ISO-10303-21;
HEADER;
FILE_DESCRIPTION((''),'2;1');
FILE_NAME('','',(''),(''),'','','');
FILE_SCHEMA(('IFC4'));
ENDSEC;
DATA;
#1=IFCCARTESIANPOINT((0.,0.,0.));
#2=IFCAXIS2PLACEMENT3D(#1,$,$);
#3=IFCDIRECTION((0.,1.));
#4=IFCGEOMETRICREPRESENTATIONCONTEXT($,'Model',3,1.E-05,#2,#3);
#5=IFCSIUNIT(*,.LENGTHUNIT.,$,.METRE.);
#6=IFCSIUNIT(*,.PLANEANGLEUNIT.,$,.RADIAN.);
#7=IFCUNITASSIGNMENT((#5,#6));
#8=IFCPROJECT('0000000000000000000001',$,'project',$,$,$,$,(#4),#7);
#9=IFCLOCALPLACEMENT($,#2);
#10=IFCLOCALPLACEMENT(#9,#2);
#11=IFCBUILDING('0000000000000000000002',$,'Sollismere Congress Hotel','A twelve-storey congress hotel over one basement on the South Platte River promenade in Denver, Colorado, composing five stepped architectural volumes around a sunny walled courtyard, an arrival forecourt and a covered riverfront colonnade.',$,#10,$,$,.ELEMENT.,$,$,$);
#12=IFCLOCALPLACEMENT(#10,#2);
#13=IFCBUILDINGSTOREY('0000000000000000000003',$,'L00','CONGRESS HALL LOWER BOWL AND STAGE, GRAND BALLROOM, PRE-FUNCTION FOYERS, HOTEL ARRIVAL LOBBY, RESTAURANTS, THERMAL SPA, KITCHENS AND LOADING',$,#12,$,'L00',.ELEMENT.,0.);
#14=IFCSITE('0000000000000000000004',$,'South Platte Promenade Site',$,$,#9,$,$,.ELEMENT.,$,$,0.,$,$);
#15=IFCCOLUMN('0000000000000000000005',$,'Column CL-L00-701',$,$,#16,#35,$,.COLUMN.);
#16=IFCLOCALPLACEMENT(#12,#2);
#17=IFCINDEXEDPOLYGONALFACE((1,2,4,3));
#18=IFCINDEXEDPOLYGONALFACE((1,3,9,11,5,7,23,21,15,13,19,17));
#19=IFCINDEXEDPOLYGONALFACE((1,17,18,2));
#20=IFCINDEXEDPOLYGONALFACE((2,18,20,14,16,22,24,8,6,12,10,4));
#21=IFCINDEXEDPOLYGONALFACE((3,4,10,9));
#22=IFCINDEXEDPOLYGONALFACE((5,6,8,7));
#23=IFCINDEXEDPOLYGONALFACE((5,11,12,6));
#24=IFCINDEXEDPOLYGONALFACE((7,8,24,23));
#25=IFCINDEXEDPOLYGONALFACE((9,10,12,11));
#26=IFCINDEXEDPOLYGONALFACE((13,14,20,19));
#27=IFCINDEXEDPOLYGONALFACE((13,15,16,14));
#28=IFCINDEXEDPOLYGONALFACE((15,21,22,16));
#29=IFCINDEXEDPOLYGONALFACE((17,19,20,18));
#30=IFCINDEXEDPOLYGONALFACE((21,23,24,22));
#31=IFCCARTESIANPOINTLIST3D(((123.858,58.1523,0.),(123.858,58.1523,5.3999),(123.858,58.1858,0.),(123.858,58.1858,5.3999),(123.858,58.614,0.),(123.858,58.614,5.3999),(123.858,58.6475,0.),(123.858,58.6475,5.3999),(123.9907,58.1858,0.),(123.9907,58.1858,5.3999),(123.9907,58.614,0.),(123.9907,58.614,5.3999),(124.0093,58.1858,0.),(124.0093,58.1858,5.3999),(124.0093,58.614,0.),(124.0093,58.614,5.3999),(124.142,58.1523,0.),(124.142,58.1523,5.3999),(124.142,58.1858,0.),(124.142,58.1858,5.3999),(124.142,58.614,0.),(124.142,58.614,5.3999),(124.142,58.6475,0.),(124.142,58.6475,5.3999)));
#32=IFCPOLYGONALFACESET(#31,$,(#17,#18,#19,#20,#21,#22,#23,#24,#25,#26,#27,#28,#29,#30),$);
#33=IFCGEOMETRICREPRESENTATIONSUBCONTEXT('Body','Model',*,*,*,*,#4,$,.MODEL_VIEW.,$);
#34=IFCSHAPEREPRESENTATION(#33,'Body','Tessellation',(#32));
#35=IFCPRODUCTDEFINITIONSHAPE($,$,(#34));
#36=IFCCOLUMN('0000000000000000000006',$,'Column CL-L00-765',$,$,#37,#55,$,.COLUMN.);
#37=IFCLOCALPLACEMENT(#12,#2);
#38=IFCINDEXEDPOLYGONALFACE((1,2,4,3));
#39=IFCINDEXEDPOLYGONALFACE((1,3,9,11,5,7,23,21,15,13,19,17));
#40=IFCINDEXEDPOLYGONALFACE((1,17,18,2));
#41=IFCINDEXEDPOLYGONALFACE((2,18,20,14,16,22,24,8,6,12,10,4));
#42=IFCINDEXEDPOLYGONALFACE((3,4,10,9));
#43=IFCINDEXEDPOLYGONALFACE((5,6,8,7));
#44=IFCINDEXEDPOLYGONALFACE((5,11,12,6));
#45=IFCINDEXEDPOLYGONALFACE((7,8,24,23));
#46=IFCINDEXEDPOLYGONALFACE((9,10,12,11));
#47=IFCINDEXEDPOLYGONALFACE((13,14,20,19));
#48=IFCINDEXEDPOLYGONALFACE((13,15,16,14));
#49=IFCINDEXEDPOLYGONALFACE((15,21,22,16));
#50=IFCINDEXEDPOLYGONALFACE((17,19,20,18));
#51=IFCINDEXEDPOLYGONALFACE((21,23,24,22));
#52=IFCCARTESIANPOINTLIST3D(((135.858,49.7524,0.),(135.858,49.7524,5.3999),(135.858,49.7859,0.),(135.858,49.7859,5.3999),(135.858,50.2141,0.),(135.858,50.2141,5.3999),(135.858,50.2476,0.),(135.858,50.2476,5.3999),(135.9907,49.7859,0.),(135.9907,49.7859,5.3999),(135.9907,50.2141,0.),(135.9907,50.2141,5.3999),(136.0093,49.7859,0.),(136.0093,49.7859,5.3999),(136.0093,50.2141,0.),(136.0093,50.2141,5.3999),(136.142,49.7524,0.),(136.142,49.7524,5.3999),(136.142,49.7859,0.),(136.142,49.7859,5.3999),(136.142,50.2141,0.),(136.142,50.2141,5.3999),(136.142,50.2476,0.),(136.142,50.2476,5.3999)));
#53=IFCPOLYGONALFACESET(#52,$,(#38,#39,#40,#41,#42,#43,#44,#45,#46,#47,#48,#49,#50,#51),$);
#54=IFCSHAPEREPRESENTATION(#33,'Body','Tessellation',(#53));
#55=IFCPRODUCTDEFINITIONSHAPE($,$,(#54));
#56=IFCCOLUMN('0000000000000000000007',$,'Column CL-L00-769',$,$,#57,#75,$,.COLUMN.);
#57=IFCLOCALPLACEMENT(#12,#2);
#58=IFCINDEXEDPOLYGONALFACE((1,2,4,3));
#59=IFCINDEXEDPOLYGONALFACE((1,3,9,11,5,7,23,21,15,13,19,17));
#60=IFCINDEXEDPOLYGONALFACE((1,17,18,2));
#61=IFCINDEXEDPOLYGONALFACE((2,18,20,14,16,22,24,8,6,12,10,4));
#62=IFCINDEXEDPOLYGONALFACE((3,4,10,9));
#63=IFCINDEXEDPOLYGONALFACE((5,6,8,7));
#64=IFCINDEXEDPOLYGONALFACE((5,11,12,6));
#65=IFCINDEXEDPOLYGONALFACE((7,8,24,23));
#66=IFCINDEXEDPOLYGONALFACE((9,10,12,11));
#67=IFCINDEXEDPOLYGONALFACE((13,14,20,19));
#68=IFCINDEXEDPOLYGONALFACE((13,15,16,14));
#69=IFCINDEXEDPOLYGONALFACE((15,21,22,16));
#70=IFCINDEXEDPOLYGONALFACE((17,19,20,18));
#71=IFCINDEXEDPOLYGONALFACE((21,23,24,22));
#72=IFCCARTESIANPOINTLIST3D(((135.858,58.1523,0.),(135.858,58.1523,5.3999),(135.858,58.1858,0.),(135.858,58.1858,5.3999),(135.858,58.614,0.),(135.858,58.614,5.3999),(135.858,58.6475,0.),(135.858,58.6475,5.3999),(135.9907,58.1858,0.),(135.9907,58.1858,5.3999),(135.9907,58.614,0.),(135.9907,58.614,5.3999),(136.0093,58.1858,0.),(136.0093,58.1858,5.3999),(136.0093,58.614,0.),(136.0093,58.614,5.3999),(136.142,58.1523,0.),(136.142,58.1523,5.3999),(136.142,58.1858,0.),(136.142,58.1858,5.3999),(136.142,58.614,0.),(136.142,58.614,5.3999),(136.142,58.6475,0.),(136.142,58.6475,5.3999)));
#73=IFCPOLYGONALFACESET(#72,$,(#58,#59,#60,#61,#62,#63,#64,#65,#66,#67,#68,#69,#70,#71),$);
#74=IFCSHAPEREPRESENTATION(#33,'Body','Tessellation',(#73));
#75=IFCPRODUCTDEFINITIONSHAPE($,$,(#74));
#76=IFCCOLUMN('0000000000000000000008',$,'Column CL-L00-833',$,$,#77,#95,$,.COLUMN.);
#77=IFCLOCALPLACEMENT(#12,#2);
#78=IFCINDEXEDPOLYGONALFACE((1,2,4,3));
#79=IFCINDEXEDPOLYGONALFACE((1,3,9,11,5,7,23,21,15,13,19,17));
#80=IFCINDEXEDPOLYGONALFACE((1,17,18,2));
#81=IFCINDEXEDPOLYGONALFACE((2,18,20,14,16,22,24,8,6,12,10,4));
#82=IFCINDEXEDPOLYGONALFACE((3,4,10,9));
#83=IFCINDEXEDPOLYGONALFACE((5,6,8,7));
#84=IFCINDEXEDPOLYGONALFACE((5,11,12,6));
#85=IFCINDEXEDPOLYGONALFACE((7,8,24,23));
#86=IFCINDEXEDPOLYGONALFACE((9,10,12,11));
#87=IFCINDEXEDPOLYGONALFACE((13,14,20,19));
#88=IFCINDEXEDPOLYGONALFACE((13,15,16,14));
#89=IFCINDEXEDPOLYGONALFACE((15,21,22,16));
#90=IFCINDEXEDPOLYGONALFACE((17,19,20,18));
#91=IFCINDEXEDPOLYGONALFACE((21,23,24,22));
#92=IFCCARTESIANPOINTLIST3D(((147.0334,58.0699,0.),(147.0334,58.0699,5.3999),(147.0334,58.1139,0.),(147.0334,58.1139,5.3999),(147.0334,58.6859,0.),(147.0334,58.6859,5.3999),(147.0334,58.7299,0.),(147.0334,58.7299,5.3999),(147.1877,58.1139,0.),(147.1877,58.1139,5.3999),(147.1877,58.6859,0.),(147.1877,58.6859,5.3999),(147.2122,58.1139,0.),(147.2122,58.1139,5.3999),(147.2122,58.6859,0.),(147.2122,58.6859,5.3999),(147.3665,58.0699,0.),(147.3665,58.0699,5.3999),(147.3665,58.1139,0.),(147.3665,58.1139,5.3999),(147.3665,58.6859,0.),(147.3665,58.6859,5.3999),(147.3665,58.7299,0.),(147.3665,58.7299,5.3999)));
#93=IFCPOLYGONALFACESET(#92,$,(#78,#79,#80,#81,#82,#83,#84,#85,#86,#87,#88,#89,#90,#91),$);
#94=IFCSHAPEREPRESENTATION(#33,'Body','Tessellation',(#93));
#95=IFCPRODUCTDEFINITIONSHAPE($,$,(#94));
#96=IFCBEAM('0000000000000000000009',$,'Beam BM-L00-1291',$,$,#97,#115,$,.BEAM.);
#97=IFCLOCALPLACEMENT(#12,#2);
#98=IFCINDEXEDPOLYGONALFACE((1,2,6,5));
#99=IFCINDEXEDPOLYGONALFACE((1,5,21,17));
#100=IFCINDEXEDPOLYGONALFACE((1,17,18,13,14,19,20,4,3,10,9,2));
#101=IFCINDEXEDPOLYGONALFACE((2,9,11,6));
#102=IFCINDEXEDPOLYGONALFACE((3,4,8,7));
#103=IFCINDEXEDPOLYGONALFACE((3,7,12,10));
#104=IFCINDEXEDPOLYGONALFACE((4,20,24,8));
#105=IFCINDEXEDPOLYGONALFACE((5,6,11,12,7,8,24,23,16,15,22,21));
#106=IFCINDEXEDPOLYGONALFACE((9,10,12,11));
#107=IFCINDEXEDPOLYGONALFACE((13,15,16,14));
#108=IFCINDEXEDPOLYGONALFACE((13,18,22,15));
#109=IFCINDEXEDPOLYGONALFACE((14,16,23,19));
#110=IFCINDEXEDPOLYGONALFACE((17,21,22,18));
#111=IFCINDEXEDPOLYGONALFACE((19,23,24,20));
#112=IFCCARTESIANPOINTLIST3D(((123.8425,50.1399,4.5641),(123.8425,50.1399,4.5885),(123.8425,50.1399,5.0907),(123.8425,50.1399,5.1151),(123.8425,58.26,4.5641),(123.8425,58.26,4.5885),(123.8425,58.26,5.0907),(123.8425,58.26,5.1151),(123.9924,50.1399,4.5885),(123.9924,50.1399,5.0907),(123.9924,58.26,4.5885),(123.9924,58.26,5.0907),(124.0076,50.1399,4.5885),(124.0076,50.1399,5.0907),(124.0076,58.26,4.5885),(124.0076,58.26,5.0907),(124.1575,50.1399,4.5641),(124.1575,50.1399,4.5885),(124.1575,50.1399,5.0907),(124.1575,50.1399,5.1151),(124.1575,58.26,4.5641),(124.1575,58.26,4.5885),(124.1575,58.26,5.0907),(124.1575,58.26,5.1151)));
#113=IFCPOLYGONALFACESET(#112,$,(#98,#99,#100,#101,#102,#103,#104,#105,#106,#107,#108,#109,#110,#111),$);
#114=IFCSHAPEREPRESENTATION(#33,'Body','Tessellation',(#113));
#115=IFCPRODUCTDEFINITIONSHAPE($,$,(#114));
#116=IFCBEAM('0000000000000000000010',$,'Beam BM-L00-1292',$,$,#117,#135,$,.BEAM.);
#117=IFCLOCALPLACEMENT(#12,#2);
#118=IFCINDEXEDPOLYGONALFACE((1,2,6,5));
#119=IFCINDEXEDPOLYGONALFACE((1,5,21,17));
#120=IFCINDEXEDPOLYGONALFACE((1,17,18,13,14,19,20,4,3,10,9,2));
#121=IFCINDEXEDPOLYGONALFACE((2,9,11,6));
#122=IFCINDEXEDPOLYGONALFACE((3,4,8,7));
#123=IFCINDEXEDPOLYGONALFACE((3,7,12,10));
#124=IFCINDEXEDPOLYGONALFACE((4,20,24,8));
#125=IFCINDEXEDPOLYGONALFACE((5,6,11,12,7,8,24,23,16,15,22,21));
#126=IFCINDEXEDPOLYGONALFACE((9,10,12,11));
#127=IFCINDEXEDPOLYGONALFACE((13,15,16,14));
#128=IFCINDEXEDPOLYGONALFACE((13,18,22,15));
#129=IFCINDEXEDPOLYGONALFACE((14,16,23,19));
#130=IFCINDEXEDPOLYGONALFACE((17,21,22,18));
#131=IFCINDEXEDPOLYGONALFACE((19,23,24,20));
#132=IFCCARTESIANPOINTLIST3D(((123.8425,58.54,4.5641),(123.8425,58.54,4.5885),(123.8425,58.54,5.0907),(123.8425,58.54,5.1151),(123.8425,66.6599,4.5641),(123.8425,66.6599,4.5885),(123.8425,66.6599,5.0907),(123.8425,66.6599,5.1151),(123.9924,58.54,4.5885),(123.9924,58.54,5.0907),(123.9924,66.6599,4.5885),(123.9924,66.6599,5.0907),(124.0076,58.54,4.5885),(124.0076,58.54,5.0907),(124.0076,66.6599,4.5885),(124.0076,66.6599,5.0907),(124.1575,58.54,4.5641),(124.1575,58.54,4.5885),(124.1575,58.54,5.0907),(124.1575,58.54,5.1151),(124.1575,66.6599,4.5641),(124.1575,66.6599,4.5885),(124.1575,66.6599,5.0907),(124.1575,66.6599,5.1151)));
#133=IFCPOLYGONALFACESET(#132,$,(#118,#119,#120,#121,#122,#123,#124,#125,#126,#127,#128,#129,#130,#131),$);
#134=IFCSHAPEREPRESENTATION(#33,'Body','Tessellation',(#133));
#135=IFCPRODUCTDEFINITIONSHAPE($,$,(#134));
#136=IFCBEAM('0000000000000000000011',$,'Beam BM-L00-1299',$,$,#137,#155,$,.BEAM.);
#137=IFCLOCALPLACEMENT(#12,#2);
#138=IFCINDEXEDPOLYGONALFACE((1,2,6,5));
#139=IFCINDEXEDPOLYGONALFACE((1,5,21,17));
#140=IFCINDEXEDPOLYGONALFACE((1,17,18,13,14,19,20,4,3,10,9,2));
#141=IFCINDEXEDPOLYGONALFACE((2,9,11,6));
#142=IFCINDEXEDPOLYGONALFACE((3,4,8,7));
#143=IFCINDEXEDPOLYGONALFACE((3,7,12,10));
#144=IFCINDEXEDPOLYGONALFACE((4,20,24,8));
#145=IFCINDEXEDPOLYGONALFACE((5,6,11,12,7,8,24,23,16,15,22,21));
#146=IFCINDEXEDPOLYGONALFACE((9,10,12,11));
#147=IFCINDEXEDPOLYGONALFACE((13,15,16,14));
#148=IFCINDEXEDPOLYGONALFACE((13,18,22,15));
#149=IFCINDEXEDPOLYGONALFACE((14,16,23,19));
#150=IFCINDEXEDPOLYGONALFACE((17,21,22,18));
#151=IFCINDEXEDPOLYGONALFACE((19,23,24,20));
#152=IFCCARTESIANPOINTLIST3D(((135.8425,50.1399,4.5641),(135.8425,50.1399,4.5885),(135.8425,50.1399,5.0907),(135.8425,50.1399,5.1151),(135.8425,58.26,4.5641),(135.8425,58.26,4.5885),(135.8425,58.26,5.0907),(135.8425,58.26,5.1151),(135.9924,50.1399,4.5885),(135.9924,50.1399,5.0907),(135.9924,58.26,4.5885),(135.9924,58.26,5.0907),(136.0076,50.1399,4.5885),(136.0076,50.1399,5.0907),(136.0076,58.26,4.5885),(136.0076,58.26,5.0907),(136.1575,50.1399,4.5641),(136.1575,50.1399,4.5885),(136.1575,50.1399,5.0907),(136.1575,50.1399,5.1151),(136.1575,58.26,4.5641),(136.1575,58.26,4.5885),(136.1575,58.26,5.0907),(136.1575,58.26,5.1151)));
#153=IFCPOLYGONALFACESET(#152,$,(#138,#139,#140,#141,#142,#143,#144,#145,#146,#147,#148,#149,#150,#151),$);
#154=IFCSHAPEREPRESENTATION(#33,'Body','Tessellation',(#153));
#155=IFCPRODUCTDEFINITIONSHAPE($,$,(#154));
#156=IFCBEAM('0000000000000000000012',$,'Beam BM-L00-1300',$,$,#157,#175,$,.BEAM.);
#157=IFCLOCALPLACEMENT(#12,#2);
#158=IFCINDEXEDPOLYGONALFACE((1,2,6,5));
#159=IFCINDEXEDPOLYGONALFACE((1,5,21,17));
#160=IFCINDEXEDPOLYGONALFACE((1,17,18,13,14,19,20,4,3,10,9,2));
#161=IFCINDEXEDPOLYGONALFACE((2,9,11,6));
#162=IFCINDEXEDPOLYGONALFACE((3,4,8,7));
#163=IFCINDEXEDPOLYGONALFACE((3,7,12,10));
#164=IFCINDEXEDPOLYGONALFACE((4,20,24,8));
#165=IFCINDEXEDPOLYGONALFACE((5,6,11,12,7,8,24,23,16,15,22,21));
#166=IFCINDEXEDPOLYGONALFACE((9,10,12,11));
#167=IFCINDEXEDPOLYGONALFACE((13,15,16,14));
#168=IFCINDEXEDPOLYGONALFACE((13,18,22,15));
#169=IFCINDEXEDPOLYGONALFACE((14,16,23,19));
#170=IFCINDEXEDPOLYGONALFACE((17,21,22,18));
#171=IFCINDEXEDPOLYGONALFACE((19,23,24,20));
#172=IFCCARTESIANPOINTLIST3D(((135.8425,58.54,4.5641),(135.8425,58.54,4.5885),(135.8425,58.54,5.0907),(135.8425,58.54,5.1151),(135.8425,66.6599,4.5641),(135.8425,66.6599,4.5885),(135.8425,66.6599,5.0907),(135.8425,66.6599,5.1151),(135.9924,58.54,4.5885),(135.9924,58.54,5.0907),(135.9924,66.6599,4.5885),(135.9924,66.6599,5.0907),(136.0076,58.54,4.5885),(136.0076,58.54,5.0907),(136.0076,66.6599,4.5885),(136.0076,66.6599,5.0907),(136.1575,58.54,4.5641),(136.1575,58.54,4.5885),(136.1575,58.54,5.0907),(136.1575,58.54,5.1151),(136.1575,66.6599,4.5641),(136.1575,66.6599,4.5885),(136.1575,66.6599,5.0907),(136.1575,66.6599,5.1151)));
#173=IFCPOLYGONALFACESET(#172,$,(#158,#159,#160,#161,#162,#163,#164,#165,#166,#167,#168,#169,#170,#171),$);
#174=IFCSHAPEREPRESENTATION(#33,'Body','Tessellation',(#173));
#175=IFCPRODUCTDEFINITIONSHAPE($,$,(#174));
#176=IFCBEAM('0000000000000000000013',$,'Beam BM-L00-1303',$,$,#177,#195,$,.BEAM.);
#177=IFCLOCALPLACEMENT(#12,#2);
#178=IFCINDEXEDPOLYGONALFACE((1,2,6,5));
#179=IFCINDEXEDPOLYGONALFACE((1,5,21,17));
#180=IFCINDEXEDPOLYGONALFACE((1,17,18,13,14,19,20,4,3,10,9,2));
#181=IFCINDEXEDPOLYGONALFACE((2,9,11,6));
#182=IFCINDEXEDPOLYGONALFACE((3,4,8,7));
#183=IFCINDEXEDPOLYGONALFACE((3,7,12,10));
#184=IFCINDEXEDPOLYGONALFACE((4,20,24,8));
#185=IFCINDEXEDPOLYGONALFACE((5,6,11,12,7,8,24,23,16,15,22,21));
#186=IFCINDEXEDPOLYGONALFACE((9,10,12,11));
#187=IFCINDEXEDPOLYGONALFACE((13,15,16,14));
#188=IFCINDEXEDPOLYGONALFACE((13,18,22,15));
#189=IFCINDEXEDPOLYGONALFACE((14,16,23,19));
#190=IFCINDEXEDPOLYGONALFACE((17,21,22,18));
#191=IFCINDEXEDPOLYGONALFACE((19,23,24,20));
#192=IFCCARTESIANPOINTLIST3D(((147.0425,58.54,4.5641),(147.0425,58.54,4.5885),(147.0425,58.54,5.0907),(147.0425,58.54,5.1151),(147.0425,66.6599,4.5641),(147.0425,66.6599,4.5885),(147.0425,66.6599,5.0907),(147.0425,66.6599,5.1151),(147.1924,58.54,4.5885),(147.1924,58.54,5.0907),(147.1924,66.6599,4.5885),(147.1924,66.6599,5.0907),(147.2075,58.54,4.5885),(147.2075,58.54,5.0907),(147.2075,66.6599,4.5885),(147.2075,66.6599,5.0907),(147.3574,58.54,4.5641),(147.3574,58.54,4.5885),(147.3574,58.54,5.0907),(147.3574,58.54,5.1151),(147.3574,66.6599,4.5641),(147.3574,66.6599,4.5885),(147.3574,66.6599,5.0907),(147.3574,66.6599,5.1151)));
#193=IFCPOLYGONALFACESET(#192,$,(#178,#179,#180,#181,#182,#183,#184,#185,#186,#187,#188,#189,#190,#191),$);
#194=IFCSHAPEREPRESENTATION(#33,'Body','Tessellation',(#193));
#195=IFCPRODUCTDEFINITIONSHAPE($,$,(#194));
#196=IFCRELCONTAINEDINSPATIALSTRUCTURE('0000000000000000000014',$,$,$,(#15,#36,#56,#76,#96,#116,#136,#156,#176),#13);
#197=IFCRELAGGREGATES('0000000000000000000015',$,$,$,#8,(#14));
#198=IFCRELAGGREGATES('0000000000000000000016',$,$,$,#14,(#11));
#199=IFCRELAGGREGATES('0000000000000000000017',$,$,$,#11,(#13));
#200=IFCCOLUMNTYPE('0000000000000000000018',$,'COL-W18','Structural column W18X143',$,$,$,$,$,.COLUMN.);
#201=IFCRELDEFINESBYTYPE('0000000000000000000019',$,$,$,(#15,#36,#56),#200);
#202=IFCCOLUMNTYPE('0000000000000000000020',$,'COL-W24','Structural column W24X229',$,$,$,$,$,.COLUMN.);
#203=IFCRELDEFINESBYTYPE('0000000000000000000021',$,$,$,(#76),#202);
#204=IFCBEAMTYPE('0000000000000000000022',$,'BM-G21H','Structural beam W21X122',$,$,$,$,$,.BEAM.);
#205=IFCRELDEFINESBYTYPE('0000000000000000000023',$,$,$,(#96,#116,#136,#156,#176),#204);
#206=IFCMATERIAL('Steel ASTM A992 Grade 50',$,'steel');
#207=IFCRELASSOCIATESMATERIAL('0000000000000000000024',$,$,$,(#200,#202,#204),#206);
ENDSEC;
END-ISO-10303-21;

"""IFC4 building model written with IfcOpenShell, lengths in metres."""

from ifc_helpers import new_model, si_unit, direction, frame, origin, origin_2d, place, context, subcontext, project, spatial, i_section, extrude, material, material_profile, profile_set, type_object, element, save


model = new_model("IFC4")

# Units and contexts
model_context = context("Model", 3, precision=1e-05, world=origin(), true_north=direction((0.0, 1.0)))
body_context = subcontext(model_context, "Body", "Model", "MODEL_VIEW")
ifc_project = project(units=[si_unit("LENGTHUNIT", "METRE"), si_unit("PLANEANGLEUNIT", "RADIAN")], contexts=[model_context])

# Site, building, storey
site_placement = place(None, origin())
site = spatial("IfcSite", under=ifc_project, at=site_placement, Name="South Platte Promenade Site", CompositionType="ELEMENT", RefElevation=0.0)
building_placement = place(site_placement, origin())
building = spatial("IfcBuilding", under=site, at=building_placement, Name="Sollismere Congress Hotel", Description="A twelve-storey congress hotel over one basement on the South Platte River promenade in Denver, Colorado, composing five stepped architectural volumes around a sunny walled courtyard, an arrival forecourt and a covered riverfront colonnade.", CompositionType="ELEMENT")
storey_placement = place(building_placement, origin())
storey = spatial("IfcBuildingStorey", under=building, at=storey_placement, Name="L00", Description="CONGRESS HALL LOWER BOWL AND STAGE, GRAND BALLROOM, PRE-FUNCTION FOYERS, HOTEL ARRIVAL LOBBY, RESTAURANTS, THERMAL SPA, KITCHENS AND LOADING", LongName="L00", CompositionType="ELEMENT", Elevation=0.0)

# Columns
ifc_material_1 = material(Name="Steel ASTM A992 Grade 50", Category="steel")
ifc_material_profile_1 = material_profile(ifc_material_1, i_section(OverallWidth=0.2839, OverallDepth=0.4951, WebThickness=0.0186, FlangeThickness=0.0334, at=origin_2d()), Name="W18X143")
ifc_profile_set_1 = profile_set([ifc_material_profile_1], Name="Steel ASTM A992 Grade 50")
column_type_1 = type_object("IfcColumnType", Name="COL-W18", Description="Structural column W18X143", PredefinedType="COLUMN", material=ifc_profile_set_1)
for number, where, z_axis, x_axis, name in (
    (1, (124.0, 58.3999, 0.0), (0.0, 0.0, 1.0), (1.0, 0.0, 0.0), "Column CL-L00-701"),
    (2, (136.0, 50.0, 0.0), (0.0, 0.0, 1.0), (1.0, 0.0, 0.0), "Column CL-L00-765"),
    (3, (136.0, 58.3999, 0.0), (0.0, 0.0, 1.0), (1.0, 0.0, 0.0), "Column CL-L00-769"),
):
    element("IfcColumn", number, at=place(storey_placement, frame(where, z_axis=z_axis, x_axis=x_axis)), inside=storey, type_object=column_type_1, Name=name, PredefinedType="COLUMN", context=body_context, shape_type="SweptSolid", body=[
        extrude(i_section(OverallWidth=0.2839, OverallDepth=0.4951, WebThickness=0.0186, FlangeThickness=0.0334, at=origin_2d()), origin(), (0.0, 0.0, 1.0), 5.3999),
    ])
ifc_material_profile_2 = material_profile(ifc_material_1, i_section(OverallWidth=0.333, OverallDepth=0.6599, WebThickness=0.0244, FlangeThickness=0.0439, at=origin_2d()), Name="W24X229")
ifc_profile_set_2 = profile_set([ifc_material_profile_2], Name="Steel ASTM A992 Grade 50")
column_type_2 = type_object("IfcColumnType", Name="COL-W24", Description="Structural column W24X229", PredefinedType="COLUMN", material=ifc_profile_set_2)
column_placement = place(storey_placement, frame((147.2, 58.3999, 0.0), z_axis=(0.0, 0.0, 1.0), x_axis=(1.0, 0.0, 0.0)))
element("IfcColumn", 4, at=column_placement, inside=storey, type_object=column_type_2, Name="Column CL-L00-833", PredefinedType="COLUMN", context=body_context, shape_type="SweptSolid", body=[
    extrude(i_section(OverallWidth=0.333, OverallDepth=0.6599, WebThickness=0.0244, FlangeThickness=0.0439, at=origin_2d()), origin(), (0.0, 0.0, 1.0), 5.3999),
])

# Beams
ifc_material_profile_3 = material_profile(ifc_material_1, i_section(OverallWidth=0.3149, OverallDepth=0.551, WebThickness=0.0151, FlangeThickness=0.0244, at=origin_2d()), Name="W21X122")
ifc_profile_set_3 = profile_set([ifc_material_profile_3], Name="Steel ASTM A992 Grade 50")
beam_type_1 = type_object("IfcBeamType", Name="BM-G21H", Description="Structural beam W21X122", PredefinedType="BEAM", material=ifc_profile_set_3)
beam_1_placement = place(storey_placement, frame((124.0, 50.1399, 4.8396), z_axis=(0.0, 1.0, 0.0), x_axis=(-1.0, 0.0, 0.0)))
element("IfcBeam", 5, at=beam_1_placement, inside=storey, type_object=beam_type_1, Name="Beam BM-L00-1291", PredefinedType="BEAM", context=body_context, shape_type="SweptSolid", body=[
    extrude(i_section(OverallWidth=0.3149, OverallDepth=0.551, WebThickness=0.0151, FlangeThickness=0.0244, at=origin_2d()), origin(), (0.0, 0.0, 1.0), 8.1201),
])
beam_2_placement = place(storey_placement, frame((124.0, 58.54, 4.8396), z_axis=(0.0, 1.0, 0.0), x_axis=(-1.0, 0.0, 0.0)))
element("IfcBeam", 6, at=beam_2_placement, inside=storey, type_object=beam_type_1, Name="Beam BM-L00-1292", PredefinedType="BEAM", context=body_context, shape_type="SweptSolid", body=[
    extrude(i_section(OverallWidth=0.3149, OverallDepth=0.551, WebThickness=0.0151, FlangeThickness=0.0244, at=origin_2d()), origin(), (0.0, 0.0, 1.0), 8.1199),
])
beam_3_placement = place(storey_placement, frame((136.0, 50.1399, 4.8396), z_axis=(0.0, 1.0, 0.0), x_axis=(-1.0, 0.0, 0.0)))
element("IfcBeam", 7, at=beam_3_placement, inside=storey, type_object=beam_type_1, Name="Beam BM-L00-1299", PredefinedType="BEAM", context=body_context, shape_type="SweptSolid", body=[
    extrude(i_section(OverallWidth=0.3149, OverallDepth=0.551, WebThickness=0.0151, FlangeThickness=0.0244, at=origin_2d()), origin(), (0.0, 0.0, 1.0), 8.1201),
])
for number, where, z_axis, x_axis, name in (
    (8, (136.0, 58.54, 4.8396), (0.0, 1.0, 0.0), (-1.0, 0.0, 0.0), "Beam BM-L00-1300"),
    (9, (147.2, 58.54, 4.8396), (0.0, 1.0, 0.0), (-1.0, 0.0, 0.0), "Beam BM-L00-1303"),
):
    element("IfcBeam", number, at=place(storey_placement, frame(where, z_axis=z_axis, x_axis=x_axis)), inside=storey, type_object=beam_type_1, Name=name, PredefinedType="BEAM", context=body_context, shape_type="SweptSolid", body=[
        extrude(i_section(OverallWidth=0.3149, OverallDepth=0.551, WebThickness=0.0151, FlangeThickness=0.0244, at=origin_2d()), origin(), (0.0, 0.0, 1.0), 8.1199),
    ])

save(model, "model.ifc")
